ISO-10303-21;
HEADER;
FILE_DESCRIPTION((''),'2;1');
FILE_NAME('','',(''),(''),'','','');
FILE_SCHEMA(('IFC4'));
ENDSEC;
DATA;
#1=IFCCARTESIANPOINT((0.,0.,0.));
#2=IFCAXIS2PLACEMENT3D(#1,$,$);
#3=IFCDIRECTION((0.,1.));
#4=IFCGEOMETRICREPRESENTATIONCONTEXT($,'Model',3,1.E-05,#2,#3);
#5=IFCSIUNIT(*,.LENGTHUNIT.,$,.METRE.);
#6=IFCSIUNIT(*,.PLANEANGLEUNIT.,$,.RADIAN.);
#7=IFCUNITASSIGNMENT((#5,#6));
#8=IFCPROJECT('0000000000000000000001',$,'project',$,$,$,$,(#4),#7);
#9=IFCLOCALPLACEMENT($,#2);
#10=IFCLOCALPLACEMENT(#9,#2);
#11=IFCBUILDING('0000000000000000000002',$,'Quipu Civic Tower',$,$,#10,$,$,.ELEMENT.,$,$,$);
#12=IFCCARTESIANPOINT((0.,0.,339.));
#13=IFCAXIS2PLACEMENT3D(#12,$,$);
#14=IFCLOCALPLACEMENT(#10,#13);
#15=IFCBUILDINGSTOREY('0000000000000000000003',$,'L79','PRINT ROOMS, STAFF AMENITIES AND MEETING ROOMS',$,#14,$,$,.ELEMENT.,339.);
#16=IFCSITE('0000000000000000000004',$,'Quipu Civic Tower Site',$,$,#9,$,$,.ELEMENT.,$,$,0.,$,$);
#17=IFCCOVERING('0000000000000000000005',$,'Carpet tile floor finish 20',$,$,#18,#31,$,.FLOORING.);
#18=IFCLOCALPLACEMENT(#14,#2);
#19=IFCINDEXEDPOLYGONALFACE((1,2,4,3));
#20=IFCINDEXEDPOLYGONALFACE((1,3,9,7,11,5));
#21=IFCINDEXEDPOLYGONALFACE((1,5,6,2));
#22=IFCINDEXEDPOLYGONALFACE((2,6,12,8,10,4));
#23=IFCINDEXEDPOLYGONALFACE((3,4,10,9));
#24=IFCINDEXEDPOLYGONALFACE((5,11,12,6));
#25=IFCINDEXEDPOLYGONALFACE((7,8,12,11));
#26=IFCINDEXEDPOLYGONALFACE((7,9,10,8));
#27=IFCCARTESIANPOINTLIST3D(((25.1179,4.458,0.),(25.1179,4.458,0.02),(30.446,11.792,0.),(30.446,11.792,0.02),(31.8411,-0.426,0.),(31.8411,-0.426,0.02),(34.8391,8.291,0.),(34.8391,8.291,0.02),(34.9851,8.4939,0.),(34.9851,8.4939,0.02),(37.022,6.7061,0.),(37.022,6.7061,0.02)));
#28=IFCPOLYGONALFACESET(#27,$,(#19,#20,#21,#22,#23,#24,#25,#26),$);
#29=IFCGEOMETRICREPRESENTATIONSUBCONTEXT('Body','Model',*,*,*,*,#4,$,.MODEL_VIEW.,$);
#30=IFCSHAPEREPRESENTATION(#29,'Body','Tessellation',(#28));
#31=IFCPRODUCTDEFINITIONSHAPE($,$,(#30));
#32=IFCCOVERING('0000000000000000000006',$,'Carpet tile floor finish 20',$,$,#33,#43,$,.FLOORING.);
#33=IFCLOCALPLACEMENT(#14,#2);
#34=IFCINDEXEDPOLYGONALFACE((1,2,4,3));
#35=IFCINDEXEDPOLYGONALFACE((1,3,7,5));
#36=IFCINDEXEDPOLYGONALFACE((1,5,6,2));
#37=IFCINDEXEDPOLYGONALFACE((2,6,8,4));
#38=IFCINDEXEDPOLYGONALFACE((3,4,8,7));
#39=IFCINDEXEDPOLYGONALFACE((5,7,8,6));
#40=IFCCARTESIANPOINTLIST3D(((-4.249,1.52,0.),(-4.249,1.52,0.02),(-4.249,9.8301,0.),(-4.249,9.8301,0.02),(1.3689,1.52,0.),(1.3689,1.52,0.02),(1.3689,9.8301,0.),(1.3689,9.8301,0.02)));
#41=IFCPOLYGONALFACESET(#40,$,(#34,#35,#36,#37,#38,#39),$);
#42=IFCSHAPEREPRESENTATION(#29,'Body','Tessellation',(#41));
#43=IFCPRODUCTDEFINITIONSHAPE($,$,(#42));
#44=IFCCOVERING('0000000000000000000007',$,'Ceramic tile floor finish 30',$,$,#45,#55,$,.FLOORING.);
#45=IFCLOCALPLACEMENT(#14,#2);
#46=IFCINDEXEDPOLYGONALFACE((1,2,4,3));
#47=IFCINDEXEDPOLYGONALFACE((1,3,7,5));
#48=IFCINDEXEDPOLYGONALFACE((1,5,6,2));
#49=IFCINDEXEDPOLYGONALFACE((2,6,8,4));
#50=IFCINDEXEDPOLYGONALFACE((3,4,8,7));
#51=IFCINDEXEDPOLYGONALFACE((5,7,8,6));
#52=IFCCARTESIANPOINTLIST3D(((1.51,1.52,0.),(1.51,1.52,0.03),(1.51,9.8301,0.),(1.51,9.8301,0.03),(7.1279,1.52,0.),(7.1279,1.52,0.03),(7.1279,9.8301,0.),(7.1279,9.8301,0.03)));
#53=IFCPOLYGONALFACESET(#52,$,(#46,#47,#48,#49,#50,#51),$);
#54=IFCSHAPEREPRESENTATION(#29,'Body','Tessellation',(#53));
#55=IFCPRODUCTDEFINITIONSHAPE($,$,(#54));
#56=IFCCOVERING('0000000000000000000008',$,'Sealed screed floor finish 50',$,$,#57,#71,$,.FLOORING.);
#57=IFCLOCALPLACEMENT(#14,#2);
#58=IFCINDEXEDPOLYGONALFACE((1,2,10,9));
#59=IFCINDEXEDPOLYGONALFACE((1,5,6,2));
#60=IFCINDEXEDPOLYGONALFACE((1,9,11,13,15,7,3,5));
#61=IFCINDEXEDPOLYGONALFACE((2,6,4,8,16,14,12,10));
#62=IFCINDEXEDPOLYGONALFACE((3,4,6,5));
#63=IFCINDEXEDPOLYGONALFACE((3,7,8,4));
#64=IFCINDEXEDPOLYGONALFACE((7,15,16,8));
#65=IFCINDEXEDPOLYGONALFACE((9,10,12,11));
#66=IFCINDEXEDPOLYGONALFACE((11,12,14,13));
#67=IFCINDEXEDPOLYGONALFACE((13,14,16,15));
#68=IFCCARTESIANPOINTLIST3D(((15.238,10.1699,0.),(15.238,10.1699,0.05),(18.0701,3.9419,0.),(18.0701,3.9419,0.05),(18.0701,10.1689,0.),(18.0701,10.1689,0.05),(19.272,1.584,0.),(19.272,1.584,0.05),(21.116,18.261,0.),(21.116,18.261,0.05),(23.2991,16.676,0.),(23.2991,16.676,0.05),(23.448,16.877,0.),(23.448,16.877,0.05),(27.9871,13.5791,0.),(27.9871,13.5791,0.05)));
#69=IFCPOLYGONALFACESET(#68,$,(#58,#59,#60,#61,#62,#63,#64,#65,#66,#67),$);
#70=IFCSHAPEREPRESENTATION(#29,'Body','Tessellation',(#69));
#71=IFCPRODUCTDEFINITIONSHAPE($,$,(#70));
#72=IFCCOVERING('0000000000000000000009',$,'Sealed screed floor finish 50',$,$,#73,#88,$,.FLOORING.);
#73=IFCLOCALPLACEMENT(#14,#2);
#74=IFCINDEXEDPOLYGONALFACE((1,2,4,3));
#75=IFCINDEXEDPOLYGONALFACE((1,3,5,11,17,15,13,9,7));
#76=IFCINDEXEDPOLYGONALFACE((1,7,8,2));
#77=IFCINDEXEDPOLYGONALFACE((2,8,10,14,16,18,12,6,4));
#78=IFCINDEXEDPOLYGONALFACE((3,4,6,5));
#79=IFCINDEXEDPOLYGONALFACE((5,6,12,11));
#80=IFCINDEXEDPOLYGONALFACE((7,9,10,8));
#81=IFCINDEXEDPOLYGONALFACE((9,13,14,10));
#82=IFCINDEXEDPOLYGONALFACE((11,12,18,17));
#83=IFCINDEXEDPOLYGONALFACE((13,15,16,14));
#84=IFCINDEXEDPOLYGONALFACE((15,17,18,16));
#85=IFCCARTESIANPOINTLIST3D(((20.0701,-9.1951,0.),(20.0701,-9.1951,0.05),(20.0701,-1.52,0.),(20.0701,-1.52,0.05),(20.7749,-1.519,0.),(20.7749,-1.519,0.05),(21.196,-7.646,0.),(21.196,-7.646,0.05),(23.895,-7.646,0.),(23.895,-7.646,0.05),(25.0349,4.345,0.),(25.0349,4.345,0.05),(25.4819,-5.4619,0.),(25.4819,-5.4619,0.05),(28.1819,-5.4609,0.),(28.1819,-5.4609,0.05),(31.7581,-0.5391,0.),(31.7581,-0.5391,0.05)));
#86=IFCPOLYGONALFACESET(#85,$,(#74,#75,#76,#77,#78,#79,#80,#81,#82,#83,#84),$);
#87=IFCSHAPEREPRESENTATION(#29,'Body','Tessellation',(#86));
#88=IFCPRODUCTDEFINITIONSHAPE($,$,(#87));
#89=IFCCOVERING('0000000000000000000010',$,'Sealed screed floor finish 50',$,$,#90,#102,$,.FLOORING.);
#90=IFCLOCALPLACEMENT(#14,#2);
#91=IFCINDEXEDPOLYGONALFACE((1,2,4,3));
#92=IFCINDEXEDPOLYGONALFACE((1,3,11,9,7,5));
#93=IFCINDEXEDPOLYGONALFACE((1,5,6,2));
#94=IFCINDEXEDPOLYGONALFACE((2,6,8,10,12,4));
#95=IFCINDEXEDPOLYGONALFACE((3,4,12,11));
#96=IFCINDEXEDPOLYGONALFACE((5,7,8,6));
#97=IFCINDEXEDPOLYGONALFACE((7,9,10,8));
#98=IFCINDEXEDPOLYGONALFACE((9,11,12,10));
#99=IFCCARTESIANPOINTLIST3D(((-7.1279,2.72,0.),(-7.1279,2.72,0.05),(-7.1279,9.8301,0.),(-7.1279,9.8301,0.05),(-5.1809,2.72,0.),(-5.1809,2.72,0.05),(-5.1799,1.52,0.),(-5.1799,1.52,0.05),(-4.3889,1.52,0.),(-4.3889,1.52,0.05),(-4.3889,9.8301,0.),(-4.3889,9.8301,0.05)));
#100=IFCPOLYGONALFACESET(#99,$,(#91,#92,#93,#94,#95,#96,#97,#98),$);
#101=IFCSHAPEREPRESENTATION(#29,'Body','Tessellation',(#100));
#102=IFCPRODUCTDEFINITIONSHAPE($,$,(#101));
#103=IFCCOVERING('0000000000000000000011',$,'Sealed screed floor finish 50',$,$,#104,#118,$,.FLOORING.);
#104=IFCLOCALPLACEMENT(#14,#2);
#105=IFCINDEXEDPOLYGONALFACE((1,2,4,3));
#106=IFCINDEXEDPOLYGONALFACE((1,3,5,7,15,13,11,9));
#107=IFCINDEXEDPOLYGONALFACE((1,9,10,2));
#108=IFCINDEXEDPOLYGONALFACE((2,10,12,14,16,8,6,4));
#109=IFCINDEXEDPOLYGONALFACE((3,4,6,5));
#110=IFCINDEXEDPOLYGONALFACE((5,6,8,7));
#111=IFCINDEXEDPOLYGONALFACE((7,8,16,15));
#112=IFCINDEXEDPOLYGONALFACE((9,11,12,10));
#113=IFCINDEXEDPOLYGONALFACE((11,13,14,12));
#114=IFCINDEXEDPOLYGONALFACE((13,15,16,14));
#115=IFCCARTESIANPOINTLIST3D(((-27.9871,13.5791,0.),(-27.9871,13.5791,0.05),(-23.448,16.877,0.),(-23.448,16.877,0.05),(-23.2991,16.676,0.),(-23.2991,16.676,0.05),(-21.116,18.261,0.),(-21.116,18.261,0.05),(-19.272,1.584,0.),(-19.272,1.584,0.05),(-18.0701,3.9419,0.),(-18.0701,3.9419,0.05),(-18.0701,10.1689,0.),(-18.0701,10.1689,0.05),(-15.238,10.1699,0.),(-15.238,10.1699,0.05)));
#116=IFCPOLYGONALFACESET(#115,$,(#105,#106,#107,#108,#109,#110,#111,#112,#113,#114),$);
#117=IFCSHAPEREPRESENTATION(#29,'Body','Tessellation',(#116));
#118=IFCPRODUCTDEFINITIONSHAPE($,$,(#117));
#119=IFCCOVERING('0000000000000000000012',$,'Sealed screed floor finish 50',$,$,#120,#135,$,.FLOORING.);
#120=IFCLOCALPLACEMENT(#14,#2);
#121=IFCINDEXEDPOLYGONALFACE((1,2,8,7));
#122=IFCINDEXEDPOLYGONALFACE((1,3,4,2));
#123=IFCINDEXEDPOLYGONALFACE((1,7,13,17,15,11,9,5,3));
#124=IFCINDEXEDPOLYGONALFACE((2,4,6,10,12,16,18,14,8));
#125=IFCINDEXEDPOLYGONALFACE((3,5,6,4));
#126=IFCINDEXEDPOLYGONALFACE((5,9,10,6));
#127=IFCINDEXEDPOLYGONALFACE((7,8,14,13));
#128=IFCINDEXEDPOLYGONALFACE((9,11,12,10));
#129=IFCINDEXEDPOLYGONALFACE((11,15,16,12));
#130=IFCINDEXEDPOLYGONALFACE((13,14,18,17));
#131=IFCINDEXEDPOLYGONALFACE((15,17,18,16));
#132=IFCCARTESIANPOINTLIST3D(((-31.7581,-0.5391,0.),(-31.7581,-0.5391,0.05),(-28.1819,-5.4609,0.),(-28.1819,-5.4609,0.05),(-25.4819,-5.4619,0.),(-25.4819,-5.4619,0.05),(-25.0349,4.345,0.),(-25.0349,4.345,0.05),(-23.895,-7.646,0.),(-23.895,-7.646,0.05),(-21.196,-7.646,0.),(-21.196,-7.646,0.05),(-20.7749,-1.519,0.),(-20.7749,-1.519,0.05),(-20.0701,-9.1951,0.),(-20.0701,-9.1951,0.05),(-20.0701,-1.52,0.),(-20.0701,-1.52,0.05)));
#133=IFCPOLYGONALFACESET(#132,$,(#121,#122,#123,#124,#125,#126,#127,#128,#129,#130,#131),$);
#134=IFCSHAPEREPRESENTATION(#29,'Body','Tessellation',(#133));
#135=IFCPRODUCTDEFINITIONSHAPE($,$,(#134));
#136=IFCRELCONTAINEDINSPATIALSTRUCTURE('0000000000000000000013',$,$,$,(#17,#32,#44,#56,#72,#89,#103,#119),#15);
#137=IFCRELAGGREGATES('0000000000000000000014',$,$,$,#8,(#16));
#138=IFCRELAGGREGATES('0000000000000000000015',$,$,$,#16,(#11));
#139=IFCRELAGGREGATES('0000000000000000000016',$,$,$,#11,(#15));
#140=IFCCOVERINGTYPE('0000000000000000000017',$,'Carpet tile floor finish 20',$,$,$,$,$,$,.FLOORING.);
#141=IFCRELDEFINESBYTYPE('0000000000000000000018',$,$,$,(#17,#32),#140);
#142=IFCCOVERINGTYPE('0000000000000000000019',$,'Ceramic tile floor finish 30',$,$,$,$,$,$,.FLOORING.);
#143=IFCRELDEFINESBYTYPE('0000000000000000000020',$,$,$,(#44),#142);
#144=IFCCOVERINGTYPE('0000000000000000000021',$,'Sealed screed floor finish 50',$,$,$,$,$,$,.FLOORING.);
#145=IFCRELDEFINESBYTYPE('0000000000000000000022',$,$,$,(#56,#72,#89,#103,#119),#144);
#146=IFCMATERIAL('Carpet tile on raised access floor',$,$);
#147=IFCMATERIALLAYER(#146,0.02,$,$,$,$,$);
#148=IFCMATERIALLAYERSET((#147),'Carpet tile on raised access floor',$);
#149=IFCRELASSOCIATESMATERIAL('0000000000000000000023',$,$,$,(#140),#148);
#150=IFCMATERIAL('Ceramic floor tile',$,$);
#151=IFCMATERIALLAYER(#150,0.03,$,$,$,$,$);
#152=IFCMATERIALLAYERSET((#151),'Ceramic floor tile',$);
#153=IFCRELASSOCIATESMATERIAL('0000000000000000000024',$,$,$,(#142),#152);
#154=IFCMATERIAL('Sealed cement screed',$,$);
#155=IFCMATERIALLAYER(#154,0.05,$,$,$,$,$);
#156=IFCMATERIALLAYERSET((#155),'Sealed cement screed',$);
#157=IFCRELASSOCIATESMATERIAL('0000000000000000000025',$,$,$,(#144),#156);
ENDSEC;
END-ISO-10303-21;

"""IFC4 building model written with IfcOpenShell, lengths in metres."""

from ifc_helpers import new_model, si_unit, direction, frame, origin, place, context, subcontext, project, spatial, polyline, outline, extrude, material, layer, layer_set, type_object, element, save


model = new_model("IFC4")

# Units and contexts
model_context = context("Model", 3, precision=1e-05, world=origin(), true_north=direction((0.0, 1.0)))
body_context = subcontext(model_context, "Body", "Model", "MODEL_VIEW")
ifc_project = project(units=[si_unit("LENGTHUNIT", "METRE"), si_unit("PLANEANGLEUNIT", "RADIAN")], contexts=[model_context])

# Site, building, storey
site_placement = place(None, origin())
site = spatial("IfcSite", under=ifc_project, at=site_placement, Name="Quipu Civic Tower Site", CompositionType="ELEMENT", RefElevation=0.0)
building_placement = place(site_placement, origin())
building = spatial("IfcBuilding", under=site, at=building_placement, Name="Quipu Civic Tower", CompositionType="ELEMENT")
storey_placement = place(building_placement, frame((0.0, 0.0, 339.0)))
storey = spatial("IfcBuildingStorey", under=building, at=storey_placement, Name="L79", Description="PRINT ROOMS, STAFF AMENITIES AND MEETING ROOMS", CompositionType="ELEMENT", Elevation=339.0)

# Coverings
ifc_material_1 = material(Name="Carpet tile on raised access floor")
ifc_layer_1 = layer(ifc_material_1, 0.02)
ifc_layer_set_1 = layer_set([ifc_layer_1], Name="Carpet tile on raised access floor")
covering_type_1 = type_object("IfcCoveringType", Name="Carpet tile floor finish 20", PredefinedType="FLOORING", material=ifc_layer_set_1)
covering_1_placement = place(storey_placement, origin())
element("IfcCovering", 1, at=covering_1_placement, inside=storey, type_object=covering_type_1, Name="Carpet tile floor finish 20", PredefinedType="FLOORING", context=body_context, shape_type="SweptSolid", body=[
    extrude(outline(polyline([(25.1179, 4.458), (30.446, 11.792), (34.9851, 8.4939), (34.8391, 8.291), (37.022, 6.7061), (31.8411, -0.426), (25.1179, 4.458)])), origin(), (0.0, 0.0, 1.0), 0.02),
])
covering_2_placement = place(storey_placement, origin())
element("IfcCovering", 2, at=covering_2_placement, inside=storey, type_object=covering_type_1, Name="Carpet tile floor finish 20", PredefinedType="FLOORING", context=body_context, shape_type="SweptSolid", body=[
    extrude(outline(polyline([(-4.249, 9.8301), (1.3689, 9.8301), (1.3689, 1.52), (-4.249, 1.52), (-4.249, 9.8301)])), origin(), (0.0, 0.0, 1.0), 0.02),
])
ifc_material_2 = material(Name="Ceramic floor tile")
ifc_layer_2 = layer(ifc_material_2, 0.03)
ifc_layer_set_2 = layer_set([ifc_layer_2], Name="Ceramic floor tile")
covering_type_2 = type_object("IfcCoveringType", Name="Ceramic tile floor finish 30", PredefinedType="FLOORING", material=ifc_layer_set_2)
covering_3_placement = place(storey_placement, origin())
element("IfcCovering", 3, at=covering_3_placement, inside=storey, type_object=covering_type_2, Name="Ceramic tile floor finish 30", PredefinedType="FLOORING", context=body_context, shape_type="SweptSolid", body=[
    extrude(outline(polyline([(1.51, 9.8301), (7.1279, 9.8301), (7.1279, 1.52), (1.51, 1.52), (1.51, 9.8301)])), origin(), (0.0, 0.0, 1.0), 0.03),
])
ifc_material_3 = material(Name="Sealed cement screed")
ifc_layer_3 = layer(ifc_material_3, 0.05)
ifc_layer_set_3 = layer_set([ifc_layer_3], Name="Sealed cement screed")
covering_type_3 = type_object("IfcCoveringType", Name="Sealed screed floor finish 50", PredefinedType="FLOORING", material=ifc_layer_set_3)
covering_4_placement = place(storey_placement, origin())
element("IfcCovering", 4, at=covering_4_placement, inside=storey, type_object=covering_type_3, Name="Sealed screed floor finish 50", PredefinedType="FLOORING", context=body_context, shape_type="SweptSolid", body=[
    extrude(outline(polyline([(15.238, 10.1699), (21.116, 18.261), (23.2991, 16.676), (23.448, 16.877), (27.9871, 13.5791), (19.272, 1.584), (18.0701, 3.9419), (18.0701, 10.1689), (15.238, 10.1699)])), origin(), (0.0, 0.0, 1.0), 0.05),
])
covering_5_placement = place(storey_placement, origin())
element("IfcCovering", 5, at=covering_5_placement, inside=storey, type_object=covering_type_3, Name="Sealed screed floor finish 50", PredefinedType="FLOORING", context=body_context, shape_type="SweptSolid", body=[
    extrude(outline(polyline([(20.0701, -9.1951), (20.0701, -1.52), (20.7749, -1.519), (25.0349, 4.345), (31.7581, -0.5391), (28.1819, -5.4609), (25.4819, -5.4619), (23.895, -7.646), (21.196, -7.646), (20.0701, -9.1951)])), origin(), (0.0, 0.0, 1.0), 0.05),
])
covering_6_placement = place(storey_placement, origin())
element("IfcCovering", 6, at=covering_6_placement, inside=storey, type_object=covering_type_3, Name="Sealed screed floor finish 50", PredefinedType="FLOORING", context=body_context, shape_type="SweptSolid", body=[
    extrude(outline(polyline([(-7.1279, 2.72), (-7.1279, 9.8301), (-4.3889, 9.8301), (-4.3889, 1.52), (-5.1799, 1.52), (-5.1809, 2.72), (-7.1279, 2.72)])), origin(), (0.0, 0.0, 1.0), 0.05),
])
covering_7_placement = place(storey_placement, origin())
element("IfcCovering", 7, at=covering_7_placement, inside=storey, type_object=covering_type_3, Name="Sealed screed floor finish 50", PredefinedType="FLOORING", context=body_context, shape_type="SweptSolid", body=[
    extrude(outline(polyline([(-27.9871, 13.5791), (-23.448, 16.877), (-23.2991, 16.676), (-21.116, 18.261), (-15.238, 10.1699), (-18.0701, 10.1689), (-18.0701, 3.9419), (-19.272, 1.584), (-27.9871, 13.5791)])), origin(), (0.0, 0.0, 1.0), 0.05),
])
covering_8_placement = place(storey_placement, origin())
element("IfcCovering", 8, at=covering_8_placement, inside=storey, type_object=covering_type_3, Name="Sealed screed floor finish 50", PredefinedType="FLOORING", context=body_context, shape_type="SweptSolid", body=[
    extrude(outline(polyline([(-31.7581, -0.5391), (-25.0349, 4.345), (-20.7749, -1.519), (-20.0701, -1.52), (-20.0701, -9.1951), (-21.196, -7.646), (-23.895, -7.646), (-25.4819, -5.4619), (-28.1819, -5.4609), (-31.7581, -0.5391)])), origin(), (0.0, 0.0, 1.0), 0.05),
])

save(model, "model.ifc")
